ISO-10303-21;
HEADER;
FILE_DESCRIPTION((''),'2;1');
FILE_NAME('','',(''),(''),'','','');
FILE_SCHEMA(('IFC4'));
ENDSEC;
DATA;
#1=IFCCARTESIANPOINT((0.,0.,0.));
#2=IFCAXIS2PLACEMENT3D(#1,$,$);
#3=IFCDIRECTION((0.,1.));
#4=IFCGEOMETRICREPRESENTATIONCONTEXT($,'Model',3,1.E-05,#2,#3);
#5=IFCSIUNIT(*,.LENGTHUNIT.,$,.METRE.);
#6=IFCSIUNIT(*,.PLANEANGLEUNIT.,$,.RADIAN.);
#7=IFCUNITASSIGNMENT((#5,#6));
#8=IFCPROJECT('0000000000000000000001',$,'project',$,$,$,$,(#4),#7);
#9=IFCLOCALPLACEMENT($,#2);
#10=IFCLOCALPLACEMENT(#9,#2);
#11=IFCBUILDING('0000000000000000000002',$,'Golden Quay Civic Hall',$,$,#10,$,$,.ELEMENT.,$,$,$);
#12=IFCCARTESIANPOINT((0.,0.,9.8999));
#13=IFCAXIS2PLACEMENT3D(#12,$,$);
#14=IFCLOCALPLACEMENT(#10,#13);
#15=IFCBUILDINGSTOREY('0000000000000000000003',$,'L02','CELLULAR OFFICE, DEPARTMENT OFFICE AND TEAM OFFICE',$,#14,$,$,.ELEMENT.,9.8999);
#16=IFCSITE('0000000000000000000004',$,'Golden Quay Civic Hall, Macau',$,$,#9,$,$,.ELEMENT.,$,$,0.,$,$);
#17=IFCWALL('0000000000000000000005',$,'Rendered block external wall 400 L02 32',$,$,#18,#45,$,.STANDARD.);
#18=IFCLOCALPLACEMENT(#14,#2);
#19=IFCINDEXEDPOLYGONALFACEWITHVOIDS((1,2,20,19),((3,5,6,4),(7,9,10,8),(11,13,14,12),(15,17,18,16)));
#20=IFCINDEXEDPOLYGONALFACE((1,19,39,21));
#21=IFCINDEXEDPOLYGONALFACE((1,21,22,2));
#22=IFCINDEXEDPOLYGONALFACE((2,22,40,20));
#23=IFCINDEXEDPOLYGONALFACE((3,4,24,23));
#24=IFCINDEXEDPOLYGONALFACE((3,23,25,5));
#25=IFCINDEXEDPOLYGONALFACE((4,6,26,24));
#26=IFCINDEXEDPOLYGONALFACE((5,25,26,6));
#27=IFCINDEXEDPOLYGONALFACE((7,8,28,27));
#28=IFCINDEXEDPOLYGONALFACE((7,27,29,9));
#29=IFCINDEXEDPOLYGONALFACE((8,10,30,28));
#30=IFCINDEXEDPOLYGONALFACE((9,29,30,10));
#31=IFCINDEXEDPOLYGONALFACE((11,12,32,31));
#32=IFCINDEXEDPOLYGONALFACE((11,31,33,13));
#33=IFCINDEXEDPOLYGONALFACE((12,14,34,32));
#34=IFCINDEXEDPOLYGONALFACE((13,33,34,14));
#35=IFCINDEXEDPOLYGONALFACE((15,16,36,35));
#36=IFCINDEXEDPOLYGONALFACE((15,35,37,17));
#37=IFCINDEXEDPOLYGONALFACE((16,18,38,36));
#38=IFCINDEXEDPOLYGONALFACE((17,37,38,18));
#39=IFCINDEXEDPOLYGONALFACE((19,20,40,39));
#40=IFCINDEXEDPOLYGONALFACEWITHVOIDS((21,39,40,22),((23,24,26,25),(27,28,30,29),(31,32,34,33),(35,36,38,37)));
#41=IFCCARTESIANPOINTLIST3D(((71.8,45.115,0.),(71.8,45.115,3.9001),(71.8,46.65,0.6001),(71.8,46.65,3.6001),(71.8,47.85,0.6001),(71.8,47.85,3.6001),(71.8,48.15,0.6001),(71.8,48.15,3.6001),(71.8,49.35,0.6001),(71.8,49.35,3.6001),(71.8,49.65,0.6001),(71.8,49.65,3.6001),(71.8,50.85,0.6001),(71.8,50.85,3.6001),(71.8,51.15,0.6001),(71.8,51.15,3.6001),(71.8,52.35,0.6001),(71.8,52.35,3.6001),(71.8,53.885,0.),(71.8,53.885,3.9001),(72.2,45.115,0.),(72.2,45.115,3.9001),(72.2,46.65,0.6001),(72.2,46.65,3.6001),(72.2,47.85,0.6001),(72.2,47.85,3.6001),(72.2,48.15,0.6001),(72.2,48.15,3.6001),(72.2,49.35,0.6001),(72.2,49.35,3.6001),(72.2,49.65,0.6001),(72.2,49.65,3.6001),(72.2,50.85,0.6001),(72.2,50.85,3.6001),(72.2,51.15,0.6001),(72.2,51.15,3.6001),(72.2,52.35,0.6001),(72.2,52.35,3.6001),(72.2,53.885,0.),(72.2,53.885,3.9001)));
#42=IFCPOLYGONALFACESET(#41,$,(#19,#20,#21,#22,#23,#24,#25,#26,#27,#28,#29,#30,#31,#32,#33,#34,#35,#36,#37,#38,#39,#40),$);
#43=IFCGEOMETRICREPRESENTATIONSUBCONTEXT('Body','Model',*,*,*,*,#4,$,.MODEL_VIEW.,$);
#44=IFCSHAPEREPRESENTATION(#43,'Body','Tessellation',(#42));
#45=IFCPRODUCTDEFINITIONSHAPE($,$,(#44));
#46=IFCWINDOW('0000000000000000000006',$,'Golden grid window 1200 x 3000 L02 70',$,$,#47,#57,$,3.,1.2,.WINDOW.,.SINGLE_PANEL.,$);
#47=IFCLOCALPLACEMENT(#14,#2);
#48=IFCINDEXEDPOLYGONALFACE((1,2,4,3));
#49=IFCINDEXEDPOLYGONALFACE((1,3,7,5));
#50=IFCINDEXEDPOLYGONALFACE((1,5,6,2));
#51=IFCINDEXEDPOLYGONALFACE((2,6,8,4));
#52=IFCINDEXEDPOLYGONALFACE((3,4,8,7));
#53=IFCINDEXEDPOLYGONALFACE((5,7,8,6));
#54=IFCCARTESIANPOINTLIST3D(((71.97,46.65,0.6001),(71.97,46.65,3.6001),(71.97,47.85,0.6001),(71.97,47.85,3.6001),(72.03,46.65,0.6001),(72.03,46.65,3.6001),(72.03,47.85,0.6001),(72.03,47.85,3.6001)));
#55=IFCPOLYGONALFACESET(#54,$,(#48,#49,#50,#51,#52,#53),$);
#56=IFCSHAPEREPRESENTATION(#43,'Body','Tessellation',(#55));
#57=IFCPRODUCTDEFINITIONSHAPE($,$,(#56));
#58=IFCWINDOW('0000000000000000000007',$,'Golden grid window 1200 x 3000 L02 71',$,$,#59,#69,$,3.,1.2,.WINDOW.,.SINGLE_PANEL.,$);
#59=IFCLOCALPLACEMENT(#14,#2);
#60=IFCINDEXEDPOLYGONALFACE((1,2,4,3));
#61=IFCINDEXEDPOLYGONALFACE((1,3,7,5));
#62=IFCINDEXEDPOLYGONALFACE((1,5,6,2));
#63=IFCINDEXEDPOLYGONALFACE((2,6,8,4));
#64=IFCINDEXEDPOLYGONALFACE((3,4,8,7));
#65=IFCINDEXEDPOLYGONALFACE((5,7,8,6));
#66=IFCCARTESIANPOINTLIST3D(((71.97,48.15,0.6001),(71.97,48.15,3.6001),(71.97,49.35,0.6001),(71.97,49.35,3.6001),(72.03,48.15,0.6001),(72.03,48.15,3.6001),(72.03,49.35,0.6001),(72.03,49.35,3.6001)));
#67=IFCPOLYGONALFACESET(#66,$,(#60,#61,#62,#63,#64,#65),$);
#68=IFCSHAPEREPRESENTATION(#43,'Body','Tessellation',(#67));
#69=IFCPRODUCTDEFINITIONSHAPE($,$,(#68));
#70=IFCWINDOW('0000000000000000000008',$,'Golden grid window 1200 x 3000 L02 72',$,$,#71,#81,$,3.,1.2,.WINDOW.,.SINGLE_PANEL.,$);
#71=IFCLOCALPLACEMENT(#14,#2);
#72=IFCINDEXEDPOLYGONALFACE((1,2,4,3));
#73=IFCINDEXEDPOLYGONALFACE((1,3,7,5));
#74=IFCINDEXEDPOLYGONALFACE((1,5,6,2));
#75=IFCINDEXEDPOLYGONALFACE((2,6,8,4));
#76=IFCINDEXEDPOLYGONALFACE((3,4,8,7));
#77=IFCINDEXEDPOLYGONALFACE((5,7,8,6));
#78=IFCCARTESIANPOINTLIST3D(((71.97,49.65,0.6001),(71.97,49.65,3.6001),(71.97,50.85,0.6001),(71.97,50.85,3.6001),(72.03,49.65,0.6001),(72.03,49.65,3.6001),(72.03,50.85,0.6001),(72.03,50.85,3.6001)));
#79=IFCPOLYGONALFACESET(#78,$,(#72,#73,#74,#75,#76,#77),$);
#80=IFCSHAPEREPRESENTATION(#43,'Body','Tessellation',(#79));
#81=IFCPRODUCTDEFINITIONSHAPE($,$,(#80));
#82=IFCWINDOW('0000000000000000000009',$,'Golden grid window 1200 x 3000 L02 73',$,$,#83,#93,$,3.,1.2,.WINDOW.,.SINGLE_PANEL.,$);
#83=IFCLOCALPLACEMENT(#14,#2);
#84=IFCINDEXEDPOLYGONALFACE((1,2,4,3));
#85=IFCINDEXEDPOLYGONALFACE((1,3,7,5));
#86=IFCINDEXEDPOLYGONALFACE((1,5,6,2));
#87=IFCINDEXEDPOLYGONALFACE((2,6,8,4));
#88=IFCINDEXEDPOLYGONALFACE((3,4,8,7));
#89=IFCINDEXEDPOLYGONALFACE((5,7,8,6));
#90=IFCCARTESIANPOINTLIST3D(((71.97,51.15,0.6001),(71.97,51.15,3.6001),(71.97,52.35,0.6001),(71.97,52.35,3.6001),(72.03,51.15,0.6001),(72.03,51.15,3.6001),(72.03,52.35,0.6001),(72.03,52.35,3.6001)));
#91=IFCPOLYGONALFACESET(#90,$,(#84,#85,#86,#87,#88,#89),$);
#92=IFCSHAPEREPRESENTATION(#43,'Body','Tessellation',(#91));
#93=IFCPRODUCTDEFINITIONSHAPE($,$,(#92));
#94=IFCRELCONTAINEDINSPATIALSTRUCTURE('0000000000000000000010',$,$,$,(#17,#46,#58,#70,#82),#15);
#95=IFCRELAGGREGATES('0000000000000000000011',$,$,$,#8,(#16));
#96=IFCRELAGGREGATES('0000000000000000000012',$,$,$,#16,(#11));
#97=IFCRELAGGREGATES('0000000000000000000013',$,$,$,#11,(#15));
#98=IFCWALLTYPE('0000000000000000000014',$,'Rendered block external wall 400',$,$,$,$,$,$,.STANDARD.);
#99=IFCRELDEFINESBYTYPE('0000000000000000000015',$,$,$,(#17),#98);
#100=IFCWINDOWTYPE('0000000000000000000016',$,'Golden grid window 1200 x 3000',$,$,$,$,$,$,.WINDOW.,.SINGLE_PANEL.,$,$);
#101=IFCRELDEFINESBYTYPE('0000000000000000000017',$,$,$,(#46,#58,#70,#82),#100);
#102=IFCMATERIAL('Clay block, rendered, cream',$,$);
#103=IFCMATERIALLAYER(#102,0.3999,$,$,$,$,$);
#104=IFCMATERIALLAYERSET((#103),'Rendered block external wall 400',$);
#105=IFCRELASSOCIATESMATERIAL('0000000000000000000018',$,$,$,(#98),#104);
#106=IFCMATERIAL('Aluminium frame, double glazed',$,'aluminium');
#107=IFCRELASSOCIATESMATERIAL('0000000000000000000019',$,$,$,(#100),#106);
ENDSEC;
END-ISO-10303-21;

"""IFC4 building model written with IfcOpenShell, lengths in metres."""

from ifc_helpers import new_model, si_unit, direction, frame, frame_2d, origin, place, context, subcontext, project, spatial, rectangle, extrude, material, layer, layer_set, type_object, element, fill, save


model = new_model("IFC4")

# Units and contexts
model_context = context("Model", 3, precision=1e-05, world=origin(), true_north=direction((0.0, 1.0)))
body_context = subcontext(model_context, "Body", "Model", "MODEL_VIEW")
ifc_project = project(units=[si_unit("LENGTHUNIT", "METRE"), si_unit("PLANEANGLEUNIT", "RADIAN")], contexts=[model_context])

# Site, building, storey
site_placement = place(None, origin())
site = spatial("IfcSite", under=ifc_project, at=site_placement, Name="Golden Quay Civic Hall, Macau", CompositionType="ELEMENT", RefElevation=0.0)
building_placement = place(site_placement, origin())
building = spatial("IfcBuilding", under=site, at=building_placement, Name="Golden Quay Civic Hall", CompositionType="ELEMENT")
storey_placement = place(building_placement, frame((0.0, 0.0, 9.8999)))
storey = spatial("IfcBuildingStorey", under=building, at=storey_placement, Name="L02", Description="CELLULAR OFFICE, DEPARTMENT OFFICE AND TEAM OFFICE", CompositionType="ELEMENT", Elevation=9.8999)

# Shared definitions
ifc_material_1 = material(Name="Clay block, rendered, cream")
ifc_layer = layer(ifc_material_1, 0.3999)
ifc_layer_set = layer_set([ifc_layer], Name="Rendered block external wall 400")
wall_type = type_object("IfcWallType", Name="Rendered block external wall 400", PredefinedType="STANDARD", material=ifc_layer_set)
ifc_material_2 = material(Name="Aluminium frame, double glazed", Category="aluminium")
window_type = type_object("IfcWindowType", Name="Golden grid window 1200 x 3000", PartitioningType="SINGLE_PANEL", PredefinedType="WINDOW", material=ifc_material_2)

# Wall, openings, windows
wall_1_placement = place(storey_placement, frame((72.0, 53.885, 0.0), z_axis=(0.0, 0.0, 1.0), x_axis=(0.0, -1.0, 0.0)))
wall_1 = element("IfcWall", 1, at=wall_1_placement, inside=storey, type_object=wall_type, Name="Rendered block external wall 400 L02 32", PredefinedType="STANDARD", context=body_context, shape_type="SweptSolid", body=[
    extrude(rectangle(XDim=8.77, YDim=0.3999, at=frame_2d((4.385, 0.0))), origin(), (0.0, 0.0, 1.0), 3.9001),
])
opening_1_placement = place(wall_1_placement, frame((6.0349, 0.0, 0.6001)))
opening_1 = element("IfcOpeningElement", 2, at=opening_1_placement, cuts=wall_1, PredefinedType="OPENING", context=body_context, shape_type="SweptSolid", body=[
    extrude(rectangle(XDim=1.2, YDim=3.0, at=frame_2d((0.6001, 1.5))), frame((0.0, 0.21, 0.0), z_axis=(0.0, -1.0, 0.0), x_axis=(1.0, 0.0, 0.0)), (0.0, 0.0, 1.0), 0.4199),
])
opening_2_placement = place(wall_1_placement, frame((4.5349, 0.0, 0.6001)))
opening_2 = element("IfcOpeningElement", 3, at=opening_2_placement, cuts=wall_1, PredefinedType="OPENING", context=body_context, shape_type="SweptSolid", body=[
    extrude(rectangle(XDim=1.2, YDim=3.0, at=frame_2d((0.6001, 1.5))), frame((0.0, 0.21, 0.0), z_axis=(0.0, -1.0, 0.0), x_axis=(1.0, 0.0, 0.0)), (0.0, 0.0, 1.0), 0.4199),
])
opening_3_placement = place(wall_1_placement, frame((3.0349, 0.0, 0.6001)))
opening_3 = element("IfcOpeningElement", 4, at=opening_3_placement, cuts=wall_1, PredefinedType="OPENING", context=body_context, shape_type="SweptSolid", body=[
    extrude(rectangle(XDim=1.2, YDim=3.0, at=frame_2d((0.6001, 1.5))), frame((0.0, 0.21, 0.0), z_axis=(0.0, -1.0, 0.0), x_axis=(1.0, 0.0, 0.0)), (0.0, 0.0, 1.0), 0.4199),
])
opening_4_placement = place(wall_1_placement, frame((1.5349, 0.0, 0.6001)))
opening_4 = element("IfcOpeningElement", 5, at=opening_4_placement, cuts=wall_1, PredefinedType="OPENING", context=body_context, shape_type="SweptSolid", body=[
    extrude(rectangle(XDim=1.2, YDim=3.0, at=frame_2d((0.6001, 1.5))), frame((0.0, 0.21, 0.0), z_axis=(0.0, -1.0, 0.0), x_axis=(1.0, 0.0, 0.0)), (0.0, 0.0, 1.0), 0.4199),
])
window_1_placement = place(opening_1_placement, origin())
window_1 = element("IfcWindow", 6, at=window_1_placement, inside=storey, type_object=window_type, Name="Golden grid window 1200 x 3000 L02 70", OverallHeight=3.0, OverallWidth=1.2, PartitioningType="SINGLE_PANEL", PredefinedType="WINDOW", context=body_context, shape_type="SweptSolid", body=[
    extrude(rectangle(XDim=1.2, YDim=3.0, at=frame_2d((0.6001, 1.5))), frame((0.0, 0.03, 0.0), z_axis=(0.0, -1.0, 0.0), x_axis=(1.0, 0.0, 0.0)), (0.0, 0.0, 1.0), 0.0601),
])
fill(opening_1, window_1)
window_2_placement = place(opening_2_placement, origin())
window_2 = element("IfcWindow", 7, at=window_2_placement, inside=storey, type_object=window_type, Name="Golden grid window 1200 x 3000 L02 71", OverallHeight=3.0, OverallWidth=1.2, PartitioningType="SINGLE_PANEL", PredefinedType="WINDOW", context=body_context, shape_type="SweptSolid", body=[
    extrude(rectangle(XDim=1.2, YDim=3.0, at=frame_2d((0.6001, 1.5))), frame((0.0, 0.03, 0.0), z_axis=(0.0, -1.0, 0.0), x_axis=(1.0, 0.0, 0.0)), (0.0, 0.0, 1.0), 0.0601),
])
fill(opening_2, window_2)
window_3_placement = place(opening_3_placement, origin())
window_3 = element("IfcWindow", 8, at=window_3_placement, inside=storey, type_object=window_type, Name="Golden grid window 1200 x 3000 L02 72", OverallHeight=3.0, OverallWidth=1.2, PartitioningType="SINGLE_PANEL", PredefinedType="WINDOW", context=body_context, shape_type="SweptSolid", body=[
    extrude(rectangle(XDim=1.2, YDim=3.0, at=frame_2d((0.6001, 1.5))), frame((0.0, 0.03, 0.0), z_axis=(0.0, -1.0, 0.0), x_axis=(1.0, 0.0, 0.0)), (0.0, 0.0, 1.0), 0.0601),
])
fill(opening_3, window_3)
window_4_placement = place(opening_4_placement, origin())
window_4 = element("IfcWindow", 9, at=window_4_placement, inside=storey, type_object=window_type, Name="Golden grid window 1200 x 3000 L02 73", OverallHeight=3.0, OverallWidth=1.2, PartitioningType="SINGLE_PANEL", PredefinedType="WINDOW", context=body_context, shape_type="SweptSolid", body=[
    extrude(rectangle(XDim=1.2, YDim=3.0, at=frame_2d((0.6001, 1.5))), frame((0.0, 0.03, 0.0), z_axis=(0.0, -1.0, 0.0), x_axis=(1.0, 0.0, 0.0)), (0.0, 0.0, 1.0), 0.0601),
])
fill(opening_4, window_4)

save(model, "model.ifc")
